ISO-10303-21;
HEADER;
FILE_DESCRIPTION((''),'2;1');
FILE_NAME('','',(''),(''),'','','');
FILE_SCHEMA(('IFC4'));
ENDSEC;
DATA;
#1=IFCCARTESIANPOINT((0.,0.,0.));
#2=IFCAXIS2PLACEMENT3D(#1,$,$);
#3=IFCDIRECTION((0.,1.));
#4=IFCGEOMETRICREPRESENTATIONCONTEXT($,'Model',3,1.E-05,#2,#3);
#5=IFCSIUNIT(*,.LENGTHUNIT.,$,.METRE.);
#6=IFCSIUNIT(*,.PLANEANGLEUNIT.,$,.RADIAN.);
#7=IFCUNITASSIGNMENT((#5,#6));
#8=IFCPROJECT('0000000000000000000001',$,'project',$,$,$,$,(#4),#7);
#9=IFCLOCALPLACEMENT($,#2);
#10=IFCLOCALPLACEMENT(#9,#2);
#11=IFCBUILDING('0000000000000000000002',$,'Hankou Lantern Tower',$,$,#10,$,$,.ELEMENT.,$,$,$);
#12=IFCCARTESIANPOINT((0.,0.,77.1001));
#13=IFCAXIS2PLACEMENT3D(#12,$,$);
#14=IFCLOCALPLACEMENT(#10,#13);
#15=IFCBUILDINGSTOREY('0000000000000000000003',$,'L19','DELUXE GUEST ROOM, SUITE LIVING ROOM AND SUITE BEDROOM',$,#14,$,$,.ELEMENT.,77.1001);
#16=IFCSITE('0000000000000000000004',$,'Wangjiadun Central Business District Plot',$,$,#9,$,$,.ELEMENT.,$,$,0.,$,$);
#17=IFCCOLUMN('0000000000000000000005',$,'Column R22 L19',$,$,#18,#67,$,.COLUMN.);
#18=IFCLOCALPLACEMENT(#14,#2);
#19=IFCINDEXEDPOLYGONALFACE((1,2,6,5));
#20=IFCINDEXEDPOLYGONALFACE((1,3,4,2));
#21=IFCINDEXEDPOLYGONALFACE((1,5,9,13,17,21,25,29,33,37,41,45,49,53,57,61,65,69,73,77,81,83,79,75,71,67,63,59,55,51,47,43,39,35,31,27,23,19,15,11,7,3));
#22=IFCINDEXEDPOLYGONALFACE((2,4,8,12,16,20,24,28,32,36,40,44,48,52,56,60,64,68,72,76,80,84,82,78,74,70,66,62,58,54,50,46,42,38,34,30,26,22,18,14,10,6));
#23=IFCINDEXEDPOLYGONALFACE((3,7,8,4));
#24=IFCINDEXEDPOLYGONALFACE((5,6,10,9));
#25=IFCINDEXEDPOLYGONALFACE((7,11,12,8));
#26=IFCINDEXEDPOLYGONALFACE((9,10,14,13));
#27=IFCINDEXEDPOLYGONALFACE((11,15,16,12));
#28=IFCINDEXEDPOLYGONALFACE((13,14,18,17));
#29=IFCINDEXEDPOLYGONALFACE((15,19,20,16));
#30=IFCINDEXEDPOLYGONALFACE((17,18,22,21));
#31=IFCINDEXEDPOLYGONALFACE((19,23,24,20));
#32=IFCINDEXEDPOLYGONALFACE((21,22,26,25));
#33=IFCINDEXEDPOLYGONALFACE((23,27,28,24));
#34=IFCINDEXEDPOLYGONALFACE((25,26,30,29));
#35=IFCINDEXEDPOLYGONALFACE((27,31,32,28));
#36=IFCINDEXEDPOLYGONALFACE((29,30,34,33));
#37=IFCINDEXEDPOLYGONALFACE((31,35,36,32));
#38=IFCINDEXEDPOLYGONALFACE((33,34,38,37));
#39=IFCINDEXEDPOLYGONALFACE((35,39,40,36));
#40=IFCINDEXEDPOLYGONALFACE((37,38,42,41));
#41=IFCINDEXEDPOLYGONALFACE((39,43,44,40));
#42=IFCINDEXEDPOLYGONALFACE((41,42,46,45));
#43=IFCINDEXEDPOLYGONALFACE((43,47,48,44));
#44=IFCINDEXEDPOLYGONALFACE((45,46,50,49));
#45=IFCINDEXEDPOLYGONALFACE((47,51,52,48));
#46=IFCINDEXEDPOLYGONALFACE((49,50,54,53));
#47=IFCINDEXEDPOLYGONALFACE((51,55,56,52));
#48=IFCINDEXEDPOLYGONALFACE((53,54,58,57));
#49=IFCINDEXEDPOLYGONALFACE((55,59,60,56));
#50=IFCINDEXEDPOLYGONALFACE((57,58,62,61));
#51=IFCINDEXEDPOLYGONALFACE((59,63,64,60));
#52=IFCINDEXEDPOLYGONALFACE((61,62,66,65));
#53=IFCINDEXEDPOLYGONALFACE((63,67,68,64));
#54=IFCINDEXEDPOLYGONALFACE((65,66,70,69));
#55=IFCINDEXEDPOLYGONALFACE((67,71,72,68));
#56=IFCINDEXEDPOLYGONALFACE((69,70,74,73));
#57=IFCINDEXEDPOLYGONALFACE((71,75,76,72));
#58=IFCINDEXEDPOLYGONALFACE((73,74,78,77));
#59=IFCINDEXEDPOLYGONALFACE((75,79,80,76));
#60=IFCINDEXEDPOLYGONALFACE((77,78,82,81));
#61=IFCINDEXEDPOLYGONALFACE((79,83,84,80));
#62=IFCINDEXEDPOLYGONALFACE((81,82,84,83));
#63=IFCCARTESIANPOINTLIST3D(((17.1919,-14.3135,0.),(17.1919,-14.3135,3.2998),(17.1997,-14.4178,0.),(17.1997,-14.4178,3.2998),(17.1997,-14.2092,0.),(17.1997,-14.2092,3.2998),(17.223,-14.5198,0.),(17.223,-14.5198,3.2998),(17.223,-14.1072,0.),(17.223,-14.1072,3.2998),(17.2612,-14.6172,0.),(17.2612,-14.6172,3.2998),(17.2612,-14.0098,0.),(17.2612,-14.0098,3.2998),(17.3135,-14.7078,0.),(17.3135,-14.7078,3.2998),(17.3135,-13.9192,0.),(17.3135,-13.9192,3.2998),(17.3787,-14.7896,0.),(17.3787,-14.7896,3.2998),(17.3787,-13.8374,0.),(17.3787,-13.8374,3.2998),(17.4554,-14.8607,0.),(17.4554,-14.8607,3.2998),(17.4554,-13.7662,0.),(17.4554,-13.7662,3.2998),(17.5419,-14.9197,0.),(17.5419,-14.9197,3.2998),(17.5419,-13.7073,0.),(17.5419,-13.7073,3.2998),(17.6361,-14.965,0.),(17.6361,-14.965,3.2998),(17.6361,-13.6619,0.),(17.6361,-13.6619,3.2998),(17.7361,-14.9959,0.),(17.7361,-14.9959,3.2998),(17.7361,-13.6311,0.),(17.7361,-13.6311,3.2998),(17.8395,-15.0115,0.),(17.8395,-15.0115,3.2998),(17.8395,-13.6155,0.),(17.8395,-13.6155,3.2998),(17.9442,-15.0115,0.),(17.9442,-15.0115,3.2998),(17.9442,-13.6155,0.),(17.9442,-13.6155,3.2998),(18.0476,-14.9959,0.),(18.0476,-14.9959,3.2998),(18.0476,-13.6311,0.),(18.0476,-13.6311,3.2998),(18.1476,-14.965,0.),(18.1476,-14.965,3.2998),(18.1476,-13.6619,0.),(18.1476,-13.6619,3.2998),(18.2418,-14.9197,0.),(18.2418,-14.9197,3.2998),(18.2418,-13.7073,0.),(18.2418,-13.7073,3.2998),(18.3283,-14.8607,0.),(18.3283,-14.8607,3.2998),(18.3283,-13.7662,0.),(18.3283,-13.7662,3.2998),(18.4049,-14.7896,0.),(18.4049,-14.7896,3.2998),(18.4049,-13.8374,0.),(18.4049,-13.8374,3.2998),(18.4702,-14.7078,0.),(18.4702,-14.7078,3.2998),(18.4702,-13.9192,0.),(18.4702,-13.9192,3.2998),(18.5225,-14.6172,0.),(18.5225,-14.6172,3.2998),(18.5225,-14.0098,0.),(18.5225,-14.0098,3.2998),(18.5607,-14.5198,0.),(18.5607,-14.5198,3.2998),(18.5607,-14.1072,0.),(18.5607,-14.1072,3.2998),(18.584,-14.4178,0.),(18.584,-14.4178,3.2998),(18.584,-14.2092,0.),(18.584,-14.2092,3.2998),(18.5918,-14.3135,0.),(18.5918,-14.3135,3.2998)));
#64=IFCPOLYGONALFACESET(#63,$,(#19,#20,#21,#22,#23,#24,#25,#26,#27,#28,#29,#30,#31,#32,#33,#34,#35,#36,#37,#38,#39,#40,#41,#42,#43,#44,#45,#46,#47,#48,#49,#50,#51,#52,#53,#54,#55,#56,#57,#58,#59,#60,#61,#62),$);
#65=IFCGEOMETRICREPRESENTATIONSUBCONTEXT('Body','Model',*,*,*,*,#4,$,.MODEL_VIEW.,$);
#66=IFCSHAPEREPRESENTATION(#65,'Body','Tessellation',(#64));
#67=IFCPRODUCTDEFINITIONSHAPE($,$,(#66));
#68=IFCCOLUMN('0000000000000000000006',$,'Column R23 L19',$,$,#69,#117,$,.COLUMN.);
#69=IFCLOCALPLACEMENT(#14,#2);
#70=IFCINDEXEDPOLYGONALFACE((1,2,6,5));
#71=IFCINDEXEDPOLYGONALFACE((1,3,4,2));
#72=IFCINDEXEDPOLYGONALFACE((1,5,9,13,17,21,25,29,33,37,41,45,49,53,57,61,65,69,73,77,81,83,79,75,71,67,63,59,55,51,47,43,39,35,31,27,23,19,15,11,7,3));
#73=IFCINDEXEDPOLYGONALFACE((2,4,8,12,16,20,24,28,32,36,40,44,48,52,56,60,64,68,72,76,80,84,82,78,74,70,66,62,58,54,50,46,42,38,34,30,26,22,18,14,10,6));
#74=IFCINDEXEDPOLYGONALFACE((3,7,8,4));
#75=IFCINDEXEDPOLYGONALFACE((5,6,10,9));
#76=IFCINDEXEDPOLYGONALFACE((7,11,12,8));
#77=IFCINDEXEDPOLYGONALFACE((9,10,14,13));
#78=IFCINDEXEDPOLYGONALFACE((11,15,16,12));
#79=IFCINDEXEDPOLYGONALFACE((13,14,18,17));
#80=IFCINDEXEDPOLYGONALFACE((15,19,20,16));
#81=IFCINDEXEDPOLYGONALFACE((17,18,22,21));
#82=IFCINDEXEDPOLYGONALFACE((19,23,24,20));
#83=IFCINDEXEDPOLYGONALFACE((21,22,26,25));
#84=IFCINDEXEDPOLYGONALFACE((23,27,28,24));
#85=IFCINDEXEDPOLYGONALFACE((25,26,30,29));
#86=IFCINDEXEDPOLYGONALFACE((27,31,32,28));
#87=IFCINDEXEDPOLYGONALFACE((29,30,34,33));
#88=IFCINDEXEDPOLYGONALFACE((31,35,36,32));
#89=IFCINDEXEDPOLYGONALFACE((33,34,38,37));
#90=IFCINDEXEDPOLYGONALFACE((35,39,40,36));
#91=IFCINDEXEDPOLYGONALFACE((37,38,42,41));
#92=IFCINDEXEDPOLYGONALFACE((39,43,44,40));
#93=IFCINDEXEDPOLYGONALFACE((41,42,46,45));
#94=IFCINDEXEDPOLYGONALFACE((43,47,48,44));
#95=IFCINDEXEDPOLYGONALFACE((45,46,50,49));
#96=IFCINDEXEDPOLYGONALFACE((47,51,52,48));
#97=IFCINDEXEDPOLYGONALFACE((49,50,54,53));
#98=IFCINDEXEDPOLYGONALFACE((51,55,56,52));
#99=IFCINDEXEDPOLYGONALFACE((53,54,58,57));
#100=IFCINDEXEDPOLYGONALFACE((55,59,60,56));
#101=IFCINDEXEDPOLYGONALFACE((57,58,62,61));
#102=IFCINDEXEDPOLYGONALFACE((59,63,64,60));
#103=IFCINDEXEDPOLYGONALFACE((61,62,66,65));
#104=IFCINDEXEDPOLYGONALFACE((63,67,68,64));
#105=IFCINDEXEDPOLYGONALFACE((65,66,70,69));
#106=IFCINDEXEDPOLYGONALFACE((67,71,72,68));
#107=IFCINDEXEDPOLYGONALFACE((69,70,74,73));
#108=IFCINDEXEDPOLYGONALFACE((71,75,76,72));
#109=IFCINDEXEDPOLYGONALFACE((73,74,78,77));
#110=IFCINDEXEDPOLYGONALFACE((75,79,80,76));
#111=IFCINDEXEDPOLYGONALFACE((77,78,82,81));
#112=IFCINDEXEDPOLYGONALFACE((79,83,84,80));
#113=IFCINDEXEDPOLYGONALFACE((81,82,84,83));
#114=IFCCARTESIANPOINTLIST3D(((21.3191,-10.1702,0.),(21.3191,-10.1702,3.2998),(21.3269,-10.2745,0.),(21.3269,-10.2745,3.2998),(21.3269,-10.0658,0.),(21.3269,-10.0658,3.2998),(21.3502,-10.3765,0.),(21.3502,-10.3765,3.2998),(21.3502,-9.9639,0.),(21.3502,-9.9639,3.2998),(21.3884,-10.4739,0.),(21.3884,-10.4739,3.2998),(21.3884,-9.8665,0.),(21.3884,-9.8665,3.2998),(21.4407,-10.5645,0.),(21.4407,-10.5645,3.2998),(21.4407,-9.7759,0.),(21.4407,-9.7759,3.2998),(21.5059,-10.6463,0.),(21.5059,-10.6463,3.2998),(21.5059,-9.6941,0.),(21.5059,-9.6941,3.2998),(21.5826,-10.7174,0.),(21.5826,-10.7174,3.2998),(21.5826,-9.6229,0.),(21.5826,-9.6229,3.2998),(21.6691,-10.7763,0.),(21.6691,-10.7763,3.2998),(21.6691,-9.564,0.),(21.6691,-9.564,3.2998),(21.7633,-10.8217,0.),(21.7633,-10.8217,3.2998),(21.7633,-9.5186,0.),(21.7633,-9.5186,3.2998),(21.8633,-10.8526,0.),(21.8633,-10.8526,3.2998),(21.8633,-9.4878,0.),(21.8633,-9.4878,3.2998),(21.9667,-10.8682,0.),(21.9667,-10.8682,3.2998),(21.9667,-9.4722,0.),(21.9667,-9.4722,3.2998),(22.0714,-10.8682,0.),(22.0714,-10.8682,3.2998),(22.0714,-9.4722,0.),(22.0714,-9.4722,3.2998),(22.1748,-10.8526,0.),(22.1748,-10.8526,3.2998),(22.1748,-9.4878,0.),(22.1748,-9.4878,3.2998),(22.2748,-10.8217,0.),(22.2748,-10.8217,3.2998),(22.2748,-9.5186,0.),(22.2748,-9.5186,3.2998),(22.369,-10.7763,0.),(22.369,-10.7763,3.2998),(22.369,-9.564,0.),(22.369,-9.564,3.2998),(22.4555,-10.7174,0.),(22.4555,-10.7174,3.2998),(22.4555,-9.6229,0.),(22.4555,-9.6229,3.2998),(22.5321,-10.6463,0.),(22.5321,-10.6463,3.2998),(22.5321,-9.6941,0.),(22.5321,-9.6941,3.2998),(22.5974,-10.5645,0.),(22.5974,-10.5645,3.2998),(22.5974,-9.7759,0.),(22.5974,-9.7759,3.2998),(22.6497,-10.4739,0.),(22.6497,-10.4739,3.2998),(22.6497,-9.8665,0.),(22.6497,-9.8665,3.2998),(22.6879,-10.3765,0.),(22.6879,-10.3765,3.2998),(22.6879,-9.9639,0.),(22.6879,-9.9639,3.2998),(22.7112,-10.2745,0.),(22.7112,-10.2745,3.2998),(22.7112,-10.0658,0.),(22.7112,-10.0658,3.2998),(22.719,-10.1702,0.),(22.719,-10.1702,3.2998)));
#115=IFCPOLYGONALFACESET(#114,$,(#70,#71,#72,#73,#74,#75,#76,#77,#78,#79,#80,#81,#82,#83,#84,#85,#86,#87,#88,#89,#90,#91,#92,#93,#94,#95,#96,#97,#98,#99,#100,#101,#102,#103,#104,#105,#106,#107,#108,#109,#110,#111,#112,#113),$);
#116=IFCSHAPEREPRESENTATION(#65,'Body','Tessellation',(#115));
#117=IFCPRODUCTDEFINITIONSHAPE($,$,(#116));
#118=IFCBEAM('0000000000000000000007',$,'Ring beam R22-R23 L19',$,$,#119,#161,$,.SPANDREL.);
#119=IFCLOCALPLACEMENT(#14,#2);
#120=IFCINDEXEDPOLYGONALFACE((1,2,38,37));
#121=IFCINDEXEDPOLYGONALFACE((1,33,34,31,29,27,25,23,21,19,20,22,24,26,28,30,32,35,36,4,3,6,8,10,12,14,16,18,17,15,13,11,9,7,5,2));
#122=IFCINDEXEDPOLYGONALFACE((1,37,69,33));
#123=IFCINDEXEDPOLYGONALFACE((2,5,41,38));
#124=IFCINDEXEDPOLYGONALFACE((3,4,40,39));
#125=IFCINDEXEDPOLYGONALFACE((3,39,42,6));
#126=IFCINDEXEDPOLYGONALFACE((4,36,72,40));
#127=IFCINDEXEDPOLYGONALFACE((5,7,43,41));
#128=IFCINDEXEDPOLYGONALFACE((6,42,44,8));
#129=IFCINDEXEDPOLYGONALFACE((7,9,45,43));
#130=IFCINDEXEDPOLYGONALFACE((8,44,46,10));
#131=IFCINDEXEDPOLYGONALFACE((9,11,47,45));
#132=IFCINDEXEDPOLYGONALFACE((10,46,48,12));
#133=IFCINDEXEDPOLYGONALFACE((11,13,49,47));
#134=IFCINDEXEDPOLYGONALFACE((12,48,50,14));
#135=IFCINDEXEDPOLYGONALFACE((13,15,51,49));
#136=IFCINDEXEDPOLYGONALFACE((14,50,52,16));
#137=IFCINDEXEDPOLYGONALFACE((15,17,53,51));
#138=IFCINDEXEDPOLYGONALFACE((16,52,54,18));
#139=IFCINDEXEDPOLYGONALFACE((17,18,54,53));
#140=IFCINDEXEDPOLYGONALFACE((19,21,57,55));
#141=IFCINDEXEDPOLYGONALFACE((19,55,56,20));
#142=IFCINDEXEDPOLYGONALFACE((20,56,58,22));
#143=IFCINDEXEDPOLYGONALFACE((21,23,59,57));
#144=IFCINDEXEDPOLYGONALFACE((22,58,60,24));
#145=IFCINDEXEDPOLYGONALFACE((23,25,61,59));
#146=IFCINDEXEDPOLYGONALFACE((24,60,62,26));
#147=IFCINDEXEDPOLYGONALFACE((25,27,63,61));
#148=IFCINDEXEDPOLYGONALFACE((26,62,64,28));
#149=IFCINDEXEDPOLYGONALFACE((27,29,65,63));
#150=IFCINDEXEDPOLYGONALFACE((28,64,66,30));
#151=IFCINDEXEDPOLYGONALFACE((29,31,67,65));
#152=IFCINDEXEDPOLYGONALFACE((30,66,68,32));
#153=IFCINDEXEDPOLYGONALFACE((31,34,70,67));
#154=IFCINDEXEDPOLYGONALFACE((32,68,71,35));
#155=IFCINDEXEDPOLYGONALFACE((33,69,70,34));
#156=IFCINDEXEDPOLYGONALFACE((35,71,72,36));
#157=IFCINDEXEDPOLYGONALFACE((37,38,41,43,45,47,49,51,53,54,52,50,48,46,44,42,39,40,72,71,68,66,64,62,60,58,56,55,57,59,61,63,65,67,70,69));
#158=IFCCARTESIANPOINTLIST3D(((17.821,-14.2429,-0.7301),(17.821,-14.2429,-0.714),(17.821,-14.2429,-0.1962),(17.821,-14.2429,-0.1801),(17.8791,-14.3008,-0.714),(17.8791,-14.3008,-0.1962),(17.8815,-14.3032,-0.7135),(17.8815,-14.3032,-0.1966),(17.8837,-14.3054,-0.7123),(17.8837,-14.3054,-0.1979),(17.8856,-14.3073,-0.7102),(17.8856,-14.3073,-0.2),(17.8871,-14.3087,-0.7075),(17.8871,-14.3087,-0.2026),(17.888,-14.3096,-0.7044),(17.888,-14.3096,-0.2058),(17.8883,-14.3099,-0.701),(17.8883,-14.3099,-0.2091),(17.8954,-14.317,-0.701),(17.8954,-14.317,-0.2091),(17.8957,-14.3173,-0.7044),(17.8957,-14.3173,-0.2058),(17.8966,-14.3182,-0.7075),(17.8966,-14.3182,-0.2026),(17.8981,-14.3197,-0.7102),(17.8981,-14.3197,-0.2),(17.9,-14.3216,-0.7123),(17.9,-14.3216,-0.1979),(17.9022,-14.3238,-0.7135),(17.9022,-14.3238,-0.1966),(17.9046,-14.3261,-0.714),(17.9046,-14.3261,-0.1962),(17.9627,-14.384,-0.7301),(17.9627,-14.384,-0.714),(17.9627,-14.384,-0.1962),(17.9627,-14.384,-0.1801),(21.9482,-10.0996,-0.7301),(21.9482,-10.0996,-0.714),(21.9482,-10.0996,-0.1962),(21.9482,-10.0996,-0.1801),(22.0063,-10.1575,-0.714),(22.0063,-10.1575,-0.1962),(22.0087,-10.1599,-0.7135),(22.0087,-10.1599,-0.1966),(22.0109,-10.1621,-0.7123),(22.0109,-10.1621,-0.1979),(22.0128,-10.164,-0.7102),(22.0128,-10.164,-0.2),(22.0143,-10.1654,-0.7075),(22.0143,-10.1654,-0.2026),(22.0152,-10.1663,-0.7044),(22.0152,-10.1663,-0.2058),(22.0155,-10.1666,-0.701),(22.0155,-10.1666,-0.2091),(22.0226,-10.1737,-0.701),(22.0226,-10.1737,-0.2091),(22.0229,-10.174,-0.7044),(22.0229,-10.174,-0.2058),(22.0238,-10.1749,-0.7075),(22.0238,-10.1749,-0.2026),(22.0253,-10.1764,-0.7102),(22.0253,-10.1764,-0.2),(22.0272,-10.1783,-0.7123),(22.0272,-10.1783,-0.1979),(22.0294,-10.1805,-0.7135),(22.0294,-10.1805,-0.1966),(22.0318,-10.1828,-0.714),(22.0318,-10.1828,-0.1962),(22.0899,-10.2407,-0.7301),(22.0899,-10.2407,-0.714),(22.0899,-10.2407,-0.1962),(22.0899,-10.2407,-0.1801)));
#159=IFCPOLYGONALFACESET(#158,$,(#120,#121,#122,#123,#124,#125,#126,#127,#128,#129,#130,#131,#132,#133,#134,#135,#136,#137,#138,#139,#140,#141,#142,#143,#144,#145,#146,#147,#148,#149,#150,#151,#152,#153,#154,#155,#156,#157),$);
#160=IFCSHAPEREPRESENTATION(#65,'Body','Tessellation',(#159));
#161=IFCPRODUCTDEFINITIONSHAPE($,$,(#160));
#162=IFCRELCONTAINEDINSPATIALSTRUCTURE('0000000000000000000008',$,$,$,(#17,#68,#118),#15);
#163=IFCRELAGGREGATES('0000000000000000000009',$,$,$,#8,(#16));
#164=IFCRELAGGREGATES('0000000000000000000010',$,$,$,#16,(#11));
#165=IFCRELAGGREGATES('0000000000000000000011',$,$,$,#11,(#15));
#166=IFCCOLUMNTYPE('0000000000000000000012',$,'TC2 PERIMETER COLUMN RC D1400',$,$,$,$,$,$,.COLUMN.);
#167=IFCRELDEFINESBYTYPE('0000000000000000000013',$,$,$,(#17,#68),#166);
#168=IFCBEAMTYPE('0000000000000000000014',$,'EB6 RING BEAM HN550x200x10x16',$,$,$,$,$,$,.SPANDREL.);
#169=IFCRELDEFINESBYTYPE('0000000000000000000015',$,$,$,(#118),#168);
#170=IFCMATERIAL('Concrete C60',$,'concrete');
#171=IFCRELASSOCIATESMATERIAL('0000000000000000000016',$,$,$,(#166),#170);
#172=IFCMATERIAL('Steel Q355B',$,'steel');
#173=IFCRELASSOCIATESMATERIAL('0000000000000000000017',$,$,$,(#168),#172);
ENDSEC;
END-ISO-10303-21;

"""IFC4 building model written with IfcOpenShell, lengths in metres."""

from ifc_helpers import new_model, si_unit, direction, frame, origin, origin_2d, place, context, subcontext, project, spatial, circle, i_section, extrude, material, material_profile, profile_set, type_object, element, save


model = new_model("IFC4")

# Units and contexts
model_context = context("Model", 3, precision=1e-05, world=origin(), true_north=direction((0.0, 1.0)))
body_context = subcontext(model_context, "Body", "Model", "MODEL_VIEW")
ifc_project = project(units=[si_unit("LENGTHUNIT", "METRE"), si_unit("PLANEANGLEUNIT", "RADIAN")], contexts=[model_context])

# Site, building, storey
site_placement = place(None, origin())
site = spatial("IfcSite", under=ifc_project, at=site_placement, Name="Wangjiadun Central Business District Plot", CompositionType="ELEMENT", RefElevation=0.0)
building_placement = place(site_placement, origin())
building = spatial("IfcBuilding", under=site, at=building_placement, Name="Hankou Lantern Tower", CompositionType="ELEMENT")
storey_placement = place(building_placement, frame((0.0, 0.0, 77.1001)))
storey = spatial("IfcBuildingStorey", under=building, at=storey_placement, Name="L19", Description="DELUXE GUEST ROOM, SUITE LIVING ROOM AND SUITE BEDROOM", CompositionType="ELEMENT", Elevation=77.1001)

# Columns
ifc_material_1 = material(Name="Concrete C60", Category="concrete")
ifc_material_profile_1 = material_profile(ifc_material_1, circle(Radius=0.7, at=origin_2d()), Name="RC D1400")
ifc_profile_set_1 = profile_set([ifc_material_profile_1], Name="Concrete C60")
column_type = type_object("IfcColumnType", Name="TC2 PERIMETER COLUMN RC D1400", PredefinedType="COLUMN", material=ifc_profile_set_1)
for number, where, z_axis, x_axis, name in (
    (1, (17.8918, -14.3135, 0.0), (0.0, 0.0, 1.0), (1.0, 0.0, 0.0), "Column R22 L19"),
    (2, (22.019, -10.1702, 0.0), (0.0, 0.0, 1.0), (1.0, 0.0, 0.0), "Column R23 L19"),
):
    element("IfcColumn", number, at=place(storey_placement, frame(where, z_axis=z_axis, x_axis=x_axis)), inside=storey, type_object=column_type, Name=name, PredefinedType="COLUMN", context=body_context, shape_type="SweptSolid", body=[
        extrude(circle(Radius=0.7, at=origin_2d()), origin(), (0.0, 0.0, 1.0), 3.2998),
    ])

# Beam
ifc_material_2 = material(Name="Steel Q355B", Category="steel")
ifc_material_profile_2 = material_profile(ifc_material_2, i_section(OverallWidth=0.2, OverallDepth=0.55, WebThickness=0.01, FlangeThickness=0.0161, FilletRadius=0.0129, at=origin_2d()), Name="HN550x200x10x16")
ifc_profile_set_2 = profile_set([ifc_material_profile_2], Name="Steel Q355B")
beam_type = type_object("IfcBeamType", Name="EB6 RING BEAM HN550x200x10x16", PredefinedType="SPANDREL", material=ifc_profile_set_2)
beam_1_placement = place(storey_placement, frame((17.8918, -14.3135, -0.4551), z_axis=(0.705728, 0.708483, 0.0), x_axis=(-0.708483, 0.705728, 0.0)))
element("IfcBeam", 3, at=beam_1_placement, inside=storey, type_object=beam_type, Name="Ring beam R22-R23 L19", PredefinedType="SPANDREL", context=body_context, shape_type="SweptSolid", body=[
    extrude(i_section(OverallWidth=0.2, OverallDepth=0.55, WebThickness=0.01, FlangeThickness=0.0161, FilletRadius=0.0129, at=origin_2d()), origin(), (0.0, 0.0, 1.0), 5.8481),
])

save(model, "model.ifc")
